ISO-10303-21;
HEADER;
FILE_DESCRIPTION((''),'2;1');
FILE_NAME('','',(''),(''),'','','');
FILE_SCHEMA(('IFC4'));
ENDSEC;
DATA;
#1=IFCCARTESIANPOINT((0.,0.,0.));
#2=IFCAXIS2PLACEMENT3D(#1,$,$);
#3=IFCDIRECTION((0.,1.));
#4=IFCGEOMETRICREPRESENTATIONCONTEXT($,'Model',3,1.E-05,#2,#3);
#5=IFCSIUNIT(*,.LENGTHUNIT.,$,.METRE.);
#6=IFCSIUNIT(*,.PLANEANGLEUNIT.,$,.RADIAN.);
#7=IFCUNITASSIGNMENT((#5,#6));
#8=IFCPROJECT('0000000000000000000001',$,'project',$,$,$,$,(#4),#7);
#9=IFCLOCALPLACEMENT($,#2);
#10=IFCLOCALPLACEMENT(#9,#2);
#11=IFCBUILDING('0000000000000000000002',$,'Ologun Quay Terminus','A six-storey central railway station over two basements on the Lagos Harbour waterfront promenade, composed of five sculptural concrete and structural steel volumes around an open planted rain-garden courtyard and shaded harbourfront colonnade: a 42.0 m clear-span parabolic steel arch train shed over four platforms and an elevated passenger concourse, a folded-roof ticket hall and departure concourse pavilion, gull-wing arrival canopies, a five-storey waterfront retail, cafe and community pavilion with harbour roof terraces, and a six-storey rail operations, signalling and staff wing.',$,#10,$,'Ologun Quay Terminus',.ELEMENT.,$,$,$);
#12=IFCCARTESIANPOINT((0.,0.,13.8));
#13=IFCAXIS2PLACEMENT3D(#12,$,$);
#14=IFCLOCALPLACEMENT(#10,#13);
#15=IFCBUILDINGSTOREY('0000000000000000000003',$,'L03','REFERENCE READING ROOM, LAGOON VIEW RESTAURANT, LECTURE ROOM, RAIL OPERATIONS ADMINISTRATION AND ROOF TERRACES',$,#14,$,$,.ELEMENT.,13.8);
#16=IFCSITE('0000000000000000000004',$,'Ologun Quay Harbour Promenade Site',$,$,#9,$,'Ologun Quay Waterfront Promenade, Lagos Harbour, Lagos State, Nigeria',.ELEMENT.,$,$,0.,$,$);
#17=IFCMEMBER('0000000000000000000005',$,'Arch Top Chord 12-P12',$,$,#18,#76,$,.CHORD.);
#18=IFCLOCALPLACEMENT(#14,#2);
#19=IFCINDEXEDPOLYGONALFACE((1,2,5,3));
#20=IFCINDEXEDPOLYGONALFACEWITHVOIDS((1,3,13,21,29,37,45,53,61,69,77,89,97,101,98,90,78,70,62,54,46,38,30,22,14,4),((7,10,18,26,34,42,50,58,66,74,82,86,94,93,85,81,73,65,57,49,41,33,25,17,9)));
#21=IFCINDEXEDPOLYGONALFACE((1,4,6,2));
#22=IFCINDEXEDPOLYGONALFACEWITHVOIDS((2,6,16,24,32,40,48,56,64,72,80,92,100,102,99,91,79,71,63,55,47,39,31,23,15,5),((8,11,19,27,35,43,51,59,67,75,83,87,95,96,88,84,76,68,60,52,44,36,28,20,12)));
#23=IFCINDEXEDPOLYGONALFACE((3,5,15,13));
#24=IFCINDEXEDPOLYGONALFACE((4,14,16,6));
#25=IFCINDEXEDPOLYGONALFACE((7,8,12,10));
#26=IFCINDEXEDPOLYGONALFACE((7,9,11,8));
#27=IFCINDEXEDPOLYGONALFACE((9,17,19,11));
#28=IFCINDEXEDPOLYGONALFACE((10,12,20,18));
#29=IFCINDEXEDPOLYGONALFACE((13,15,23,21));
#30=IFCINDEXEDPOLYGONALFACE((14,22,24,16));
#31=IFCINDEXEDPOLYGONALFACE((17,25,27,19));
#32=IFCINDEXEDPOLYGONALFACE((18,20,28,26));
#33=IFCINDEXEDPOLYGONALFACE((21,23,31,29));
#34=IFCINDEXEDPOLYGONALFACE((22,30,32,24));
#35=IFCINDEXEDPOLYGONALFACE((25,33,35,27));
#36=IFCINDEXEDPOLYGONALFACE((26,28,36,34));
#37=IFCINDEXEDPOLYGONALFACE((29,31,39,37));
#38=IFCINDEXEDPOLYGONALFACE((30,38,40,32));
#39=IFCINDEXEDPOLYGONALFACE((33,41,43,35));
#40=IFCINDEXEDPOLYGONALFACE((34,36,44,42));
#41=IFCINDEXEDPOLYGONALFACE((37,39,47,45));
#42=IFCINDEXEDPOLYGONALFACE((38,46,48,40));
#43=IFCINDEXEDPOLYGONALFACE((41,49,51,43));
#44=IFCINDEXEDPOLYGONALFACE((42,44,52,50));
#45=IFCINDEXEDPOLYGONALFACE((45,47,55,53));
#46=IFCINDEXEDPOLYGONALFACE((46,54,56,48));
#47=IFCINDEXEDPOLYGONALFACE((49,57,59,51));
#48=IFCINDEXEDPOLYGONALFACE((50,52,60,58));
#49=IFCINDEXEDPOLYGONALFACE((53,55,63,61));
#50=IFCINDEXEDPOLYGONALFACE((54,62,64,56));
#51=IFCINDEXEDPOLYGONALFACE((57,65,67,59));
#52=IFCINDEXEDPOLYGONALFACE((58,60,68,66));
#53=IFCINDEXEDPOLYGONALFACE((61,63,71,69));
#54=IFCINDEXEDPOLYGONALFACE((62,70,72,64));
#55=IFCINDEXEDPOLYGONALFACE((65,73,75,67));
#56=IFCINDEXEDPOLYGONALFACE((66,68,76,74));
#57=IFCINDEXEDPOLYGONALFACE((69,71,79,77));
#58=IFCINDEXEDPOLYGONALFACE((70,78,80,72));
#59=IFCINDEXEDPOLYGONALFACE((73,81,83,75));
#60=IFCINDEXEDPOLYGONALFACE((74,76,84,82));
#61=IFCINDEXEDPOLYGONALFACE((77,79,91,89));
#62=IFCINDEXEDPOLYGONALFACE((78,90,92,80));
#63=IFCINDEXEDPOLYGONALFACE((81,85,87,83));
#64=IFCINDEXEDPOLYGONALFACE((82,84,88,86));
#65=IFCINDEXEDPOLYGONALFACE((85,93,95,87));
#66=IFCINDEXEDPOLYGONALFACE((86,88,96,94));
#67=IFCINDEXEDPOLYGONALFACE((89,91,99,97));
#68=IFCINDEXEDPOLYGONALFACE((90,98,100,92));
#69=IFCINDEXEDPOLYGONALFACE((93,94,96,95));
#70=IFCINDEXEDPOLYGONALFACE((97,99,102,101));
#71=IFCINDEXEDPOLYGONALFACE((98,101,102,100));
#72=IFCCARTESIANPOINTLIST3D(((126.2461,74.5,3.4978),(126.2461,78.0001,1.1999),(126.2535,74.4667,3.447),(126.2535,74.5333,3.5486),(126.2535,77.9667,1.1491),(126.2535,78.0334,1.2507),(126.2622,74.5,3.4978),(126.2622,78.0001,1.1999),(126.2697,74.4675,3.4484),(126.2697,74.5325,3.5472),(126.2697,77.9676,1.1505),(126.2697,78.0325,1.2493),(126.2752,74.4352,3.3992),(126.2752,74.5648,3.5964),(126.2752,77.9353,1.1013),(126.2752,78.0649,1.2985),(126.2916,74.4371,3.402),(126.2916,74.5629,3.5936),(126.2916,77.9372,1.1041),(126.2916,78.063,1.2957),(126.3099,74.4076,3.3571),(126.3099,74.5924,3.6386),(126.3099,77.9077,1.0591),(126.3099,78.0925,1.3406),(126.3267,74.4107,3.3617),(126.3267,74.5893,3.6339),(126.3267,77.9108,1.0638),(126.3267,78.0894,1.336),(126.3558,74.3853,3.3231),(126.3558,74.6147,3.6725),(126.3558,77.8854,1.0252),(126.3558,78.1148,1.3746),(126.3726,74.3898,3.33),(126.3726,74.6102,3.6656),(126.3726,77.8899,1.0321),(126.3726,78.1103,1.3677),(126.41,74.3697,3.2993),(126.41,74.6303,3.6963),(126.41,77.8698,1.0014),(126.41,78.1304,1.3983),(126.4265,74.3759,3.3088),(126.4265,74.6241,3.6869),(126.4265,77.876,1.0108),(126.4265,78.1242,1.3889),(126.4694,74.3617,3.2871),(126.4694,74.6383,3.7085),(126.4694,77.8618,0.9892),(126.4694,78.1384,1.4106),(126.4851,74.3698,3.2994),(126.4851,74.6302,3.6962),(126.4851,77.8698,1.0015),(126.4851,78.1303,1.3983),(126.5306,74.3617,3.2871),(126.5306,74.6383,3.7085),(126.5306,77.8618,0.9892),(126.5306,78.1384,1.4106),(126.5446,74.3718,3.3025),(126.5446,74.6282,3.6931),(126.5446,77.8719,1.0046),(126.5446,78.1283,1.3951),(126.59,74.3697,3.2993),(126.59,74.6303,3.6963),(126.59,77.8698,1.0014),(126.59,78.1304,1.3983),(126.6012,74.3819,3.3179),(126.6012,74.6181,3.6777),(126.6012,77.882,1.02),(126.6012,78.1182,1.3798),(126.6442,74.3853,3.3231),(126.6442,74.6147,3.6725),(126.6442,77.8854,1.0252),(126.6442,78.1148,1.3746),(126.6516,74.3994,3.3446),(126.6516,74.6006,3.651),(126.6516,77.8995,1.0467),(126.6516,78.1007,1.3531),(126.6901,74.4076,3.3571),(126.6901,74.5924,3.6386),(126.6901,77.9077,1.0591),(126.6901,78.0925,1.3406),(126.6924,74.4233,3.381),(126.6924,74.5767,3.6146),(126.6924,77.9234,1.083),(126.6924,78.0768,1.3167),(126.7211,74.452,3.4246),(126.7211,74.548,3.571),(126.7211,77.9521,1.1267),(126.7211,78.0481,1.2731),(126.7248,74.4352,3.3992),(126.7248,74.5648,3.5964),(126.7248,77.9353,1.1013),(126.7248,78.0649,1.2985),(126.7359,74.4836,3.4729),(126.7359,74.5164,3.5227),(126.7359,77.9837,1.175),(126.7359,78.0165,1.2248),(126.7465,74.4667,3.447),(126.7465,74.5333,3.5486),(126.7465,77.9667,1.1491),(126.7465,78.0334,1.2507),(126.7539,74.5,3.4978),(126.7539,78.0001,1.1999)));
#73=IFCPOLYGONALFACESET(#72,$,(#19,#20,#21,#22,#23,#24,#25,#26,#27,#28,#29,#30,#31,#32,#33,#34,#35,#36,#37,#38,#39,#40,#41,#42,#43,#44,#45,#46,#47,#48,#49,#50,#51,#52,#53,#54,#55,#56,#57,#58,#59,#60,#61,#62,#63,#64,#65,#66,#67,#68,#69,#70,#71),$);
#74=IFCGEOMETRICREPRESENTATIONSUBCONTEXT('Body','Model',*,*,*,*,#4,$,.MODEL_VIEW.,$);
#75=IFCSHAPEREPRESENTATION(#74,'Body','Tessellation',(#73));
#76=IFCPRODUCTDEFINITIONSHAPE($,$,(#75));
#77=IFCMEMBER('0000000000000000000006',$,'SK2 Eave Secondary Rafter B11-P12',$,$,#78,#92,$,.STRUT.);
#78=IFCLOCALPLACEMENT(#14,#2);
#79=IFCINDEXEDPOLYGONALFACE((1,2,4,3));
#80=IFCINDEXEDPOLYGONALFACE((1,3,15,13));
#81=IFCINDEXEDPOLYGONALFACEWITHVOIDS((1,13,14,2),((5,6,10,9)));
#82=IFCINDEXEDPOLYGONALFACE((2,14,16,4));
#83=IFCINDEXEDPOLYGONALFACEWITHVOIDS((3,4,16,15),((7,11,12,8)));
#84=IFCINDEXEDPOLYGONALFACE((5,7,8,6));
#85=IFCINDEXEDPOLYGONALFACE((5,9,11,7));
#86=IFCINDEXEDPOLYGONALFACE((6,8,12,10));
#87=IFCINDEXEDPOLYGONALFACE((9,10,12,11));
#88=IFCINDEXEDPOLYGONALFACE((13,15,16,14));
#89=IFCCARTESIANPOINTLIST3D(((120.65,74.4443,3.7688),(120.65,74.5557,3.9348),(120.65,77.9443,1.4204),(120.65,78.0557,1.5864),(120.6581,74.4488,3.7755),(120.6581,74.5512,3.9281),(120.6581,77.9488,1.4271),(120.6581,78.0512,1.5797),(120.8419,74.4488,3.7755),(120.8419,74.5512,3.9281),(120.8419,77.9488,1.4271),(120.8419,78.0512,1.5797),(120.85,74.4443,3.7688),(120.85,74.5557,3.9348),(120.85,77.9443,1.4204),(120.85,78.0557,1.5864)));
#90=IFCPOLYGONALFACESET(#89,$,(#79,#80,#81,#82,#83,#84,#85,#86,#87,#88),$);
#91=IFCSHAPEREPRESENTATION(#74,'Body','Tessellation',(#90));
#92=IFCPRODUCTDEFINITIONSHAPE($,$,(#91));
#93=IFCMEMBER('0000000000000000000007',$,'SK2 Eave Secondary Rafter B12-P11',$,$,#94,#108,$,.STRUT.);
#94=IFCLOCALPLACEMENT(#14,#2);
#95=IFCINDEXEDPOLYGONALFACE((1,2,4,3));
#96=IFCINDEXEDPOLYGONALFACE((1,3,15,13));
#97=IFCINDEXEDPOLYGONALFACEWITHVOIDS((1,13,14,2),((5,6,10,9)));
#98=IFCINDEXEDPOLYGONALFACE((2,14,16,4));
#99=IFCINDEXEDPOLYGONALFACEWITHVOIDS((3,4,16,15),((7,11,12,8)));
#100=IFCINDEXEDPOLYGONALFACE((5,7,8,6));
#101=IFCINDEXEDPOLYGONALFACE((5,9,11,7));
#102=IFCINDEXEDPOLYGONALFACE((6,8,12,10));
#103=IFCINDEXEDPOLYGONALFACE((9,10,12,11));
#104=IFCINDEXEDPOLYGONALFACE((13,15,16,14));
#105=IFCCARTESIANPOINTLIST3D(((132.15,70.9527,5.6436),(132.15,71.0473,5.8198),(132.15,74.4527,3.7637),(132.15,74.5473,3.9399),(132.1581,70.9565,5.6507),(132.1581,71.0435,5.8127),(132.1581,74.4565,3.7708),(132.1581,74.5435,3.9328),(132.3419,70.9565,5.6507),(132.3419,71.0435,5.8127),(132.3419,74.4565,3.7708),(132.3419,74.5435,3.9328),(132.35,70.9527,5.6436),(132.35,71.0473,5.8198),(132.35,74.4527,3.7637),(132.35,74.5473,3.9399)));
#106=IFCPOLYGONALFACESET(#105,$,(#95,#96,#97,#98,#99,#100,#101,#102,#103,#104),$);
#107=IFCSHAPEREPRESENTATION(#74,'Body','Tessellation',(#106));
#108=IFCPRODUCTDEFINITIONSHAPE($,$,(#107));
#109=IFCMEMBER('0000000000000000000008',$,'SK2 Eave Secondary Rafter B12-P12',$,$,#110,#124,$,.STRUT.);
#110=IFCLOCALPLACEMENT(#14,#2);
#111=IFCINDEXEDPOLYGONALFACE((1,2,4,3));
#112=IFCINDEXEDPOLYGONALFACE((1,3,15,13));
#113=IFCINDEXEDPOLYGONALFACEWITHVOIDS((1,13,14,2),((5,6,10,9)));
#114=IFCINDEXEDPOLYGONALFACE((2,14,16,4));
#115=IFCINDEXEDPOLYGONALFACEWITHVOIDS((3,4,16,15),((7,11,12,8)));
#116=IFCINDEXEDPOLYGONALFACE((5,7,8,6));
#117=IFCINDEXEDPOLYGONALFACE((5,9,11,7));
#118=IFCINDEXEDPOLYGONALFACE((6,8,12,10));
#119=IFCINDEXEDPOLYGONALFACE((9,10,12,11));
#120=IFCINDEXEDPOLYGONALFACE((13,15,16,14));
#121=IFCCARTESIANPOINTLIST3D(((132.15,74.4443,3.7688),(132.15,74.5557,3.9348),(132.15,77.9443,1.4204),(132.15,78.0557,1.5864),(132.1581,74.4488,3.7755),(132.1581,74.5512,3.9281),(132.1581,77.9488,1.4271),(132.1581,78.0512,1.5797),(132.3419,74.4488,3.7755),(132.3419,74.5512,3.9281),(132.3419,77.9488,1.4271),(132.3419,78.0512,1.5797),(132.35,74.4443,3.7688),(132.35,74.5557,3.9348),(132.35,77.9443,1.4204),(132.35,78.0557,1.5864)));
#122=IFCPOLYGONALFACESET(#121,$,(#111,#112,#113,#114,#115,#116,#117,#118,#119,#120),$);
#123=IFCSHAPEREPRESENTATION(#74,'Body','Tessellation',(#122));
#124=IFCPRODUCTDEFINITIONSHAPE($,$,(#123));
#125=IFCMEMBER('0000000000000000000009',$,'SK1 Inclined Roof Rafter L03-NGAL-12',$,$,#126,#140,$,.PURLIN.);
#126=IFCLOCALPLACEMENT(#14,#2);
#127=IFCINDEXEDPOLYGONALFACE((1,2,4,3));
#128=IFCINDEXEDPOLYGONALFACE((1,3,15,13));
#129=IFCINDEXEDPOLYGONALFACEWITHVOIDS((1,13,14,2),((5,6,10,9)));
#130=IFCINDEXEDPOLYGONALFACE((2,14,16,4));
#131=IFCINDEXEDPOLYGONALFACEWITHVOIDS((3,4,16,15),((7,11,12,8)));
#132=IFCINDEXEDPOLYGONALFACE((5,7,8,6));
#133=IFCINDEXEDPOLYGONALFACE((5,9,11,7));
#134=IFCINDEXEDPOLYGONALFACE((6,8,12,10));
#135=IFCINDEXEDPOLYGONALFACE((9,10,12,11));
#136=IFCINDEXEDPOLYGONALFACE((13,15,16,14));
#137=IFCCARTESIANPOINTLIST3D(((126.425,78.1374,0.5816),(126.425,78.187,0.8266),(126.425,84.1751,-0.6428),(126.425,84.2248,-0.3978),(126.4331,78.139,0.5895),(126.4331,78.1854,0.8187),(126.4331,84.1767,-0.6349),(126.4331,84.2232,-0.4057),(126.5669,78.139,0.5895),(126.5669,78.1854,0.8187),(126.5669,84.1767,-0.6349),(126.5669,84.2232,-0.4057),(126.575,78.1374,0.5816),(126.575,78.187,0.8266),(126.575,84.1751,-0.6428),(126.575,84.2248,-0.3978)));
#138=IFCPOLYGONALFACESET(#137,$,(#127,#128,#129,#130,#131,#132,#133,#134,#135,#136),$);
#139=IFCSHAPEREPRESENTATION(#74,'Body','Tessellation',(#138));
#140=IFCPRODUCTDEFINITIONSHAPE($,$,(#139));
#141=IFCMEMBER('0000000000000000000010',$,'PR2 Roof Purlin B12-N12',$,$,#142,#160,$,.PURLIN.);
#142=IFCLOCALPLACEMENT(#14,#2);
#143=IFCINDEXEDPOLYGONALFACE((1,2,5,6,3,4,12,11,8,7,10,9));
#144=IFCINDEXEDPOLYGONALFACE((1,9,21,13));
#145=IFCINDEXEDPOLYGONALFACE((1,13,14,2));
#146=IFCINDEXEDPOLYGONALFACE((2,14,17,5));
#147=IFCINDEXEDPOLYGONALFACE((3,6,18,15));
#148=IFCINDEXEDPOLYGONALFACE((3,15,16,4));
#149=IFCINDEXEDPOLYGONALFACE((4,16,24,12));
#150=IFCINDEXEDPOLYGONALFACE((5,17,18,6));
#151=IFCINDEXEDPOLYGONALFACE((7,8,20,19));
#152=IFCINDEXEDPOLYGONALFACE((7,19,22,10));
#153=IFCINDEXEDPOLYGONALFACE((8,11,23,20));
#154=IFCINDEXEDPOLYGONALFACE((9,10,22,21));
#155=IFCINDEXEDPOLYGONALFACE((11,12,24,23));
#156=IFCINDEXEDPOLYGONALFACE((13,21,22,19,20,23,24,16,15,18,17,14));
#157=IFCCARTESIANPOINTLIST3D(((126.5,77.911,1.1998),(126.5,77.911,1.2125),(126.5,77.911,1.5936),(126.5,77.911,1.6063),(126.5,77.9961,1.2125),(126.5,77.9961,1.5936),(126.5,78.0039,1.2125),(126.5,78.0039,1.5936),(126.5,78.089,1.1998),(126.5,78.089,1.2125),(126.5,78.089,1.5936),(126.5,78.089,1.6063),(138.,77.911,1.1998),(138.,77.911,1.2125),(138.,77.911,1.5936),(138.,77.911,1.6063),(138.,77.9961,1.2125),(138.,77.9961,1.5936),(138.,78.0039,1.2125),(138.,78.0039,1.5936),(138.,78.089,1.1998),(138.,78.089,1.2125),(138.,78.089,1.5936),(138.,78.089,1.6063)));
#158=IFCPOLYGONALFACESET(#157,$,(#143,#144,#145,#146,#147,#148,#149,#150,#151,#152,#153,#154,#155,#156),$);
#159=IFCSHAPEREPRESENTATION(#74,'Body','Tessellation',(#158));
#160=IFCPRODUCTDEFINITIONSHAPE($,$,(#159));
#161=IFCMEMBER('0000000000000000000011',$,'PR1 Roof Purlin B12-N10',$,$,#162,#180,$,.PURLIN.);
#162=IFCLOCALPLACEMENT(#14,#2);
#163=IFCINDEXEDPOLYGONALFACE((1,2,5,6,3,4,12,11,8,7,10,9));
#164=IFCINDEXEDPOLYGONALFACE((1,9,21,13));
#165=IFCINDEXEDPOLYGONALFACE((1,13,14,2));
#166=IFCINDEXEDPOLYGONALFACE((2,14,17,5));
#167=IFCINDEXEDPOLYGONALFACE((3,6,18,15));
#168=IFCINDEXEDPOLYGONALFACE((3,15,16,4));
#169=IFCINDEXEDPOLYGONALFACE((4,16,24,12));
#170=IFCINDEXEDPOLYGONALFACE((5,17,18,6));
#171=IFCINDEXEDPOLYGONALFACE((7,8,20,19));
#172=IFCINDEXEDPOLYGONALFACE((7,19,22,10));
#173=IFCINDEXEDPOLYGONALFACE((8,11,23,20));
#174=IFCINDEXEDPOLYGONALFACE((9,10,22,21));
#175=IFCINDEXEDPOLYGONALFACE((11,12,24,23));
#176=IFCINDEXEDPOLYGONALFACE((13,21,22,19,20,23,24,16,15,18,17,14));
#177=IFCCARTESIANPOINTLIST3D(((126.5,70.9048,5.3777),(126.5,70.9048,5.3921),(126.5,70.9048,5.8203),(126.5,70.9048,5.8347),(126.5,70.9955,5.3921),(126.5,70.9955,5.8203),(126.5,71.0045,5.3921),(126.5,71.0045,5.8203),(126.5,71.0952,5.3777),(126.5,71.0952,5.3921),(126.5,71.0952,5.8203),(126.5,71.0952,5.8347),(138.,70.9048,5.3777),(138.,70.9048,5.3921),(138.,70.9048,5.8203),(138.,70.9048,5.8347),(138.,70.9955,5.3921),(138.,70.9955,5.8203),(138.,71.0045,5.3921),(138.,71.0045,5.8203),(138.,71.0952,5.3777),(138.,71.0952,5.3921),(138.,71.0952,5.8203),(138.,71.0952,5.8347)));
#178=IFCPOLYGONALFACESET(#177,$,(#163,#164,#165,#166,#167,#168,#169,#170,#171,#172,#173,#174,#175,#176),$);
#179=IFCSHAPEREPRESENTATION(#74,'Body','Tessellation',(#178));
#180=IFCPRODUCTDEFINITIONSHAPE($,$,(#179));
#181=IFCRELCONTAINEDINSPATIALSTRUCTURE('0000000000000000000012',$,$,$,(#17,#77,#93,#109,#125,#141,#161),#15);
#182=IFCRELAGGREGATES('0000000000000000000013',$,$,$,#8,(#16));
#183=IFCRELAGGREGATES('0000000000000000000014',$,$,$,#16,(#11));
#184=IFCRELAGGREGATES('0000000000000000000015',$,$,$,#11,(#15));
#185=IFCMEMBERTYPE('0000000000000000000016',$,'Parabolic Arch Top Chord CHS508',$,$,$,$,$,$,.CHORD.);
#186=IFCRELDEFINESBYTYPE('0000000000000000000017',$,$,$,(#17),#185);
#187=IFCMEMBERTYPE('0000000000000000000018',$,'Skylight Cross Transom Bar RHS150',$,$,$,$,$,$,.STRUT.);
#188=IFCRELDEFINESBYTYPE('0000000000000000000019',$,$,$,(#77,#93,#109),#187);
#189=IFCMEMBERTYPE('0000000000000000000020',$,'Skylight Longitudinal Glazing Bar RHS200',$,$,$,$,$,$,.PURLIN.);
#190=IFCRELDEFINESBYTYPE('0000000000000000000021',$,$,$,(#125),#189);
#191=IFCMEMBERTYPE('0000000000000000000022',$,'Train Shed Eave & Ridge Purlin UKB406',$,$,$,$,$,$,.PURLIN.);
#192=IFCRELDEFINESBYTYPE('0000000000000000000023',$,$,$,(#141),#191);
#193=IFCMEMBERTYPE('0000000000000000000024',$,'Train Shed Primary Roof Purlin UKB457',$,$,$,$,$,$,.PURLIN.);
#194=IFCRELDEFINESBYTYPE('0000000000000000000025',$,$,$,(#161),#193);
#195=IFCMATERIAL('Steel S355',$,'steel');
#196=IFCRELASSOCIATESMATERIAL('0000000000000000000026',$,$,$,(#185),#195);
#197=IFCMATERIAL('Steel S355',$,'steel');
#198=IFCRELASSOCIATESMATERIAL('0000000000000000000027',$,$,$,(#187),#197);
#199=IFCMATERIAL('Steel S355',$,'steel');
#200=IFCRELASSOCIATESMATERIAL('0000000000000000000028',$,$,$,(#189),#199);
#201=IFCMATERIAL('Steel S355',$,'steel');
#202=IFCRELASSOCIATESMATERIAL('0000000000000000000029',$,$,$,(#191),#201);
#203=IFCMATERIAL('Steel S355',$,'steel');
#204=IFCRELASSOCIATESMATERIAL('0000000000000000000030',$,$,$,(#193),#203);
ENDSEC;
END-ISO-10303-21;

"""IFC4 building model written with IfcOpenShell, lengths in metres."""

from ifc_helpers import new_model, si_unit, direction, frame, origin, origin_2d, place, context, subcontext, project, spatial, hollow_rectangle, hollow_circle, i_section, extrude, material, material_profile, profile_set, type_object, element, save


model = new_model("IFC4")

# Units and contexts
model_context = context("Model", 3, precision=1e-05, world=origin(), true_north=direction((0.0, 1.0)))
body_context = subcontext(model_context, "Body", "Model", "MODEL_VIEW")
ifc_project = project(units=[si_unit("LENGTHUNIT", "METRE"), si_unit("PLANEANGLEUNIT", "RADIAN")], contexts=[model_context])

# Site, building, storey
site_placement = place(None, origin())
site = spatial("IfcSite", under=ifc_project, at=site_placement, Name="Ologun Quay Harbour Promenade Site", LongName="Ologun Quay Waterfront Promenade, Lagos Harbour, Lagos State, Nigeria", CompositionType="ELEMENT", RefElevation=0.0)
building_placement = place(site_placement, origin())
building = spatial("IfcBuilding", under=site, at=building_placement, Name="Ologun Quay Terminus", Description="A six-storey central railway station over two basements on the Lagos Harbour waterfront promenade, composed of five sculptural concrete and structural steel volumes around an open planted rain-garden courtyard and shaded harbourfront colonnade: a 42.0 m clear-span parabolic steel arch train shed over four platforms and an elevated passenger concourse, a folded-roof ticket hall and departure concourse pavilion, gull-wing arrival canopies, a five-storey waterfront retail, cafe and community pavilion with harbour roof terraces, and a six-storey rail operations, signalling and staff wing.", LongName="Ologun Quay Terminus", CompositionType="ELEMENT")
storey_placement = place(building_placement, frame((0.0, 0.0, 13.8)))
storey = spatial("IfcBuildingStorey", under=building, at=storey_placement, Name="L03", Description="REFERENCE READING ROOM, LAGOON VIEW RESTAURANT, LECTURE ROOM, RAIL OPERATIONS ADMINISTRATION AND ROOF TERRACES", CompositionType="ELEMENT", Elevation=13.8)

# Members
ifc_material_1 = material(Name="Steel S355", Category="steel")
ifc_material_profile_1 = material_profile(ifc_material_1, hollow_circle(Radius=0.2539, WallThickness=0.0161, at=origin_2d()), Name="CHS 508x16")
ifc_profile_set_1 = profile_set([ifc_material_profile_1], Name="Steel S355")
member_type_1 = type_object("IfcMemberType", Name="Parabolic Arch Top Chord CHS508", PredefinedType="CHORD", material=ifc_profile_set_1)
member_1_placement = place(storey_placement, frame((126.5, 74.5, 3.4978), z_axis=(0.0, 0.835941, -0.548819), x_axis=(-1.0, 0.0, 0.0)))
element("IfcMember", 1, at=member_1_placement, inside=storey, type_object=member_type_1, Name="Arch Top Chord 12-P12", PredefinedType="CHORD", context=body_context, shape_type="SweptSolid", body=[
    extrude(hollow_circle(Radius=0.2539, WallThickness=0.0161, at=origin_2d()), origin(), (0.0, 0.0, 1.0), 4.187),
])
ifc_material_2 = material(Name="Steel S355", Category="steel")
ifc_material_profile_2 = material_profile(ifc_material_2, hollow_rectangle(XDim=0.2, YDim=0.2, WallThickness=0.0081, at=origin_2d()), Name="SHS 200x200x8")
ifc_profile_set_2 = profile_set([ifc_material_profile_2], Name="Steel S355")
member_type_2 = type_object("IfcMemberType", Name="Skylight Cross Transom Bar RHS150", PredefinedType="STRUT", material=ifc_profile_set_2)
member_2_placement = place(storey_placement, frame((120.75, 74.5, 3.8518), z_axis=(0.0, 0.830398, -0.557171), x_axis=(-1.0, 0.0, 0.0)))
element("IfcMember", 2, at=member_2_placement, inside=storey, type_object=member_type_2, Name="SK2 Eave Secondary Rafter B11-P12", PredefinedType="STRUT", context=body_context, shape_type="SweptSolid", body=[
    extrude(hollow_rectangle(XDim=0.2, YDim=0.2, WallThickness=0.0081, at=origin_2d()), origin(), (0.0, 0.0, 1.0), 4.2148),
])
member_3_placement = place(storey_placement, frame((132.25, 71.0, 5.7317), z_axis=(0.0, 0.880968, -0.473176), x_axis=(-1.0, 0.0, 0.0)))
element("IfcMember", 3, at=member_3_placement, inside=storey, type_object=member_type_2, Name="SK2 Eave Secondary Rafter B12-P11", PredefinedType="STRUT", context=body_context, shape_type="SweptSolid", body=[
    extrude(hollow_rectangle(XDim=0.2, YDim=0.2, WallThickness=0.0081, at=origin_2d()), origin(), (0.0, 0.0, 1.0), 3.9729),
])
member_4_placement = place(storey_placement, frame((132.25, 74.5, 3.8518), z_axis=(0.0, 0.830398, -0.557171), x_axis=(-1.0, 0.0, 0.0)))
element("IfcMember", 4, at=member_4_placement, inside=storey, type_object=member_type_2, Name="SK2 Eave Secondary Rafter B12-P12", PredefinedType="STRUT", context=body_context, shape_type="SweptSolid", body=[
    extrude(hollow_rectangle(XDim=0.2, YDim=0.2, WallThickness=0.0081, at=origin_2d()), origin(), (0.0, 0.0, 1.0), 4.2148),
])
ifc_material_3 = material(Name="Steel S355", Category="steel")
ifc_material_profile_3 = material_profile(ifc_material_3, hollow_rectangle(XDim=0.1499, YDim=0.25, WallThickness=0.0081, at=origin_2d()), Name="RHS 250x150x8")
ifc_profile_set_3 = profile_set([ifc_material_profile_3], Name="Steel S355")
member_type_3 = type_object("IfcMemberType", Name="Skylight Longitudinal Glazing Bar RHS200", PredefinedType="PURLIN", material=ifc_profile_set_3)
member_5_placement = place(storey_placement, frame((126.5, 84.2, -0.5203), z_axis=(0.0, -0.980053, 0.198737), x_axis=(1.0, 0.0, 0.0)))
element("IfcMember", 5, at=member_5_placement, inside=storey, type_object=member_type_3, Name="SK1 Inclined Roof Rafter L03-NGAL-12", PredefinedType="PURLIN", context=body_context, shape_type="SweptSolid", body=[
    extrude(hollow_rectangle(XDim=0.1499, YDim=0.25, WallThickness=0.0081, at=origin_2d()), origin(), (0.0, 0.0, 1.0), 6.1606),
])
ifc_material_4 = material(Name="Steel S355", Category="steel")
ifc_material_profile_4 = material_profile(ifc_material_4, i_section(OverallWidth=0.178, OverallDepth=0.4065, WebThickness=0.0078, FlangeThickness=0.0127, at=origin_2d()), Name="UKB 406x178x60")
ifc_profile_set_4 = profile_set([ifc_material_profile_4], Name="Steel S355")
member_type_4 = type_object("IfcMemberType", Name="Train Shed Eave & Ridge Purlin UKB406", PredefinedType="PURLIN", material=ifc_profile_set_4)
member_6_placement = place(storey_placement, frame((126.5, 78.0, 1.4031), z_axis=(1.0, 0.0, 0.0), x_axis=(0.0, 1.0, 0.0)))
element("IfcMember", 6, at=member_6_placement, inside=storey, type_object=member_type_4, Name="PR2 Roof Purlin B12-N12", PredefinedType="PURLIN", context=body_context, shape_type="SweptSolid", body=[
    extrude(i_section(OverallWidth=0.178, OverallDepth=0.4065, WebThickness=0.0078, FlangeThickness=0.0127, at=origin_2d()), origin(), (0.0, 0.0, 1.0), 11.5),
])
ifc_material_5 = material(Name="Steel S355", Category="steel")
ifc_material_profile_5 = material_profile(ifc_material_5, i_section(OverallWidth=0.1904, OverallDepth=0.457, WebThickness=0.009, FlangeThickness=0.0144, at=origin_2d()), Name="UKB 457x191x74")
ifc_profile_set_5 = profile_set([ifc_material_profile_5], Name="Steel S355")
member_type_5 = type_object("IfcMemberType", Name="Train Shed Primary Roof Purlin UKB457", PredefinedType="PURLIN", material=ifc_profile_set_5)
for number, where, z_axis, x_axis, name in (
    (7, (126.5, 71.0, 5.6062), (1.0, 0.0, 0.0), (0.0, 1.0, 0.0), "PR1 Roof Purlin B12-N10"),
):
    element("IfcMember", number, at=place(storey_placement, frame(where, z_axis=z_axis, x_axis=x_axis)), inside=storey, type_object=member_type_5, Name=name, PredefinedType="PURLIN", context=body_context, shape_type="SweptSolid", body=[
        extrude(i_section(OverallWidth=0.1904, OverallDepth=0.457, WebThickness=0.009, FlangeThickness=0.0144, at=origin_2d()), origin(), (0.0, 0.0, 1.0), 11.5),
    ])

save(model, "model.ifc")
